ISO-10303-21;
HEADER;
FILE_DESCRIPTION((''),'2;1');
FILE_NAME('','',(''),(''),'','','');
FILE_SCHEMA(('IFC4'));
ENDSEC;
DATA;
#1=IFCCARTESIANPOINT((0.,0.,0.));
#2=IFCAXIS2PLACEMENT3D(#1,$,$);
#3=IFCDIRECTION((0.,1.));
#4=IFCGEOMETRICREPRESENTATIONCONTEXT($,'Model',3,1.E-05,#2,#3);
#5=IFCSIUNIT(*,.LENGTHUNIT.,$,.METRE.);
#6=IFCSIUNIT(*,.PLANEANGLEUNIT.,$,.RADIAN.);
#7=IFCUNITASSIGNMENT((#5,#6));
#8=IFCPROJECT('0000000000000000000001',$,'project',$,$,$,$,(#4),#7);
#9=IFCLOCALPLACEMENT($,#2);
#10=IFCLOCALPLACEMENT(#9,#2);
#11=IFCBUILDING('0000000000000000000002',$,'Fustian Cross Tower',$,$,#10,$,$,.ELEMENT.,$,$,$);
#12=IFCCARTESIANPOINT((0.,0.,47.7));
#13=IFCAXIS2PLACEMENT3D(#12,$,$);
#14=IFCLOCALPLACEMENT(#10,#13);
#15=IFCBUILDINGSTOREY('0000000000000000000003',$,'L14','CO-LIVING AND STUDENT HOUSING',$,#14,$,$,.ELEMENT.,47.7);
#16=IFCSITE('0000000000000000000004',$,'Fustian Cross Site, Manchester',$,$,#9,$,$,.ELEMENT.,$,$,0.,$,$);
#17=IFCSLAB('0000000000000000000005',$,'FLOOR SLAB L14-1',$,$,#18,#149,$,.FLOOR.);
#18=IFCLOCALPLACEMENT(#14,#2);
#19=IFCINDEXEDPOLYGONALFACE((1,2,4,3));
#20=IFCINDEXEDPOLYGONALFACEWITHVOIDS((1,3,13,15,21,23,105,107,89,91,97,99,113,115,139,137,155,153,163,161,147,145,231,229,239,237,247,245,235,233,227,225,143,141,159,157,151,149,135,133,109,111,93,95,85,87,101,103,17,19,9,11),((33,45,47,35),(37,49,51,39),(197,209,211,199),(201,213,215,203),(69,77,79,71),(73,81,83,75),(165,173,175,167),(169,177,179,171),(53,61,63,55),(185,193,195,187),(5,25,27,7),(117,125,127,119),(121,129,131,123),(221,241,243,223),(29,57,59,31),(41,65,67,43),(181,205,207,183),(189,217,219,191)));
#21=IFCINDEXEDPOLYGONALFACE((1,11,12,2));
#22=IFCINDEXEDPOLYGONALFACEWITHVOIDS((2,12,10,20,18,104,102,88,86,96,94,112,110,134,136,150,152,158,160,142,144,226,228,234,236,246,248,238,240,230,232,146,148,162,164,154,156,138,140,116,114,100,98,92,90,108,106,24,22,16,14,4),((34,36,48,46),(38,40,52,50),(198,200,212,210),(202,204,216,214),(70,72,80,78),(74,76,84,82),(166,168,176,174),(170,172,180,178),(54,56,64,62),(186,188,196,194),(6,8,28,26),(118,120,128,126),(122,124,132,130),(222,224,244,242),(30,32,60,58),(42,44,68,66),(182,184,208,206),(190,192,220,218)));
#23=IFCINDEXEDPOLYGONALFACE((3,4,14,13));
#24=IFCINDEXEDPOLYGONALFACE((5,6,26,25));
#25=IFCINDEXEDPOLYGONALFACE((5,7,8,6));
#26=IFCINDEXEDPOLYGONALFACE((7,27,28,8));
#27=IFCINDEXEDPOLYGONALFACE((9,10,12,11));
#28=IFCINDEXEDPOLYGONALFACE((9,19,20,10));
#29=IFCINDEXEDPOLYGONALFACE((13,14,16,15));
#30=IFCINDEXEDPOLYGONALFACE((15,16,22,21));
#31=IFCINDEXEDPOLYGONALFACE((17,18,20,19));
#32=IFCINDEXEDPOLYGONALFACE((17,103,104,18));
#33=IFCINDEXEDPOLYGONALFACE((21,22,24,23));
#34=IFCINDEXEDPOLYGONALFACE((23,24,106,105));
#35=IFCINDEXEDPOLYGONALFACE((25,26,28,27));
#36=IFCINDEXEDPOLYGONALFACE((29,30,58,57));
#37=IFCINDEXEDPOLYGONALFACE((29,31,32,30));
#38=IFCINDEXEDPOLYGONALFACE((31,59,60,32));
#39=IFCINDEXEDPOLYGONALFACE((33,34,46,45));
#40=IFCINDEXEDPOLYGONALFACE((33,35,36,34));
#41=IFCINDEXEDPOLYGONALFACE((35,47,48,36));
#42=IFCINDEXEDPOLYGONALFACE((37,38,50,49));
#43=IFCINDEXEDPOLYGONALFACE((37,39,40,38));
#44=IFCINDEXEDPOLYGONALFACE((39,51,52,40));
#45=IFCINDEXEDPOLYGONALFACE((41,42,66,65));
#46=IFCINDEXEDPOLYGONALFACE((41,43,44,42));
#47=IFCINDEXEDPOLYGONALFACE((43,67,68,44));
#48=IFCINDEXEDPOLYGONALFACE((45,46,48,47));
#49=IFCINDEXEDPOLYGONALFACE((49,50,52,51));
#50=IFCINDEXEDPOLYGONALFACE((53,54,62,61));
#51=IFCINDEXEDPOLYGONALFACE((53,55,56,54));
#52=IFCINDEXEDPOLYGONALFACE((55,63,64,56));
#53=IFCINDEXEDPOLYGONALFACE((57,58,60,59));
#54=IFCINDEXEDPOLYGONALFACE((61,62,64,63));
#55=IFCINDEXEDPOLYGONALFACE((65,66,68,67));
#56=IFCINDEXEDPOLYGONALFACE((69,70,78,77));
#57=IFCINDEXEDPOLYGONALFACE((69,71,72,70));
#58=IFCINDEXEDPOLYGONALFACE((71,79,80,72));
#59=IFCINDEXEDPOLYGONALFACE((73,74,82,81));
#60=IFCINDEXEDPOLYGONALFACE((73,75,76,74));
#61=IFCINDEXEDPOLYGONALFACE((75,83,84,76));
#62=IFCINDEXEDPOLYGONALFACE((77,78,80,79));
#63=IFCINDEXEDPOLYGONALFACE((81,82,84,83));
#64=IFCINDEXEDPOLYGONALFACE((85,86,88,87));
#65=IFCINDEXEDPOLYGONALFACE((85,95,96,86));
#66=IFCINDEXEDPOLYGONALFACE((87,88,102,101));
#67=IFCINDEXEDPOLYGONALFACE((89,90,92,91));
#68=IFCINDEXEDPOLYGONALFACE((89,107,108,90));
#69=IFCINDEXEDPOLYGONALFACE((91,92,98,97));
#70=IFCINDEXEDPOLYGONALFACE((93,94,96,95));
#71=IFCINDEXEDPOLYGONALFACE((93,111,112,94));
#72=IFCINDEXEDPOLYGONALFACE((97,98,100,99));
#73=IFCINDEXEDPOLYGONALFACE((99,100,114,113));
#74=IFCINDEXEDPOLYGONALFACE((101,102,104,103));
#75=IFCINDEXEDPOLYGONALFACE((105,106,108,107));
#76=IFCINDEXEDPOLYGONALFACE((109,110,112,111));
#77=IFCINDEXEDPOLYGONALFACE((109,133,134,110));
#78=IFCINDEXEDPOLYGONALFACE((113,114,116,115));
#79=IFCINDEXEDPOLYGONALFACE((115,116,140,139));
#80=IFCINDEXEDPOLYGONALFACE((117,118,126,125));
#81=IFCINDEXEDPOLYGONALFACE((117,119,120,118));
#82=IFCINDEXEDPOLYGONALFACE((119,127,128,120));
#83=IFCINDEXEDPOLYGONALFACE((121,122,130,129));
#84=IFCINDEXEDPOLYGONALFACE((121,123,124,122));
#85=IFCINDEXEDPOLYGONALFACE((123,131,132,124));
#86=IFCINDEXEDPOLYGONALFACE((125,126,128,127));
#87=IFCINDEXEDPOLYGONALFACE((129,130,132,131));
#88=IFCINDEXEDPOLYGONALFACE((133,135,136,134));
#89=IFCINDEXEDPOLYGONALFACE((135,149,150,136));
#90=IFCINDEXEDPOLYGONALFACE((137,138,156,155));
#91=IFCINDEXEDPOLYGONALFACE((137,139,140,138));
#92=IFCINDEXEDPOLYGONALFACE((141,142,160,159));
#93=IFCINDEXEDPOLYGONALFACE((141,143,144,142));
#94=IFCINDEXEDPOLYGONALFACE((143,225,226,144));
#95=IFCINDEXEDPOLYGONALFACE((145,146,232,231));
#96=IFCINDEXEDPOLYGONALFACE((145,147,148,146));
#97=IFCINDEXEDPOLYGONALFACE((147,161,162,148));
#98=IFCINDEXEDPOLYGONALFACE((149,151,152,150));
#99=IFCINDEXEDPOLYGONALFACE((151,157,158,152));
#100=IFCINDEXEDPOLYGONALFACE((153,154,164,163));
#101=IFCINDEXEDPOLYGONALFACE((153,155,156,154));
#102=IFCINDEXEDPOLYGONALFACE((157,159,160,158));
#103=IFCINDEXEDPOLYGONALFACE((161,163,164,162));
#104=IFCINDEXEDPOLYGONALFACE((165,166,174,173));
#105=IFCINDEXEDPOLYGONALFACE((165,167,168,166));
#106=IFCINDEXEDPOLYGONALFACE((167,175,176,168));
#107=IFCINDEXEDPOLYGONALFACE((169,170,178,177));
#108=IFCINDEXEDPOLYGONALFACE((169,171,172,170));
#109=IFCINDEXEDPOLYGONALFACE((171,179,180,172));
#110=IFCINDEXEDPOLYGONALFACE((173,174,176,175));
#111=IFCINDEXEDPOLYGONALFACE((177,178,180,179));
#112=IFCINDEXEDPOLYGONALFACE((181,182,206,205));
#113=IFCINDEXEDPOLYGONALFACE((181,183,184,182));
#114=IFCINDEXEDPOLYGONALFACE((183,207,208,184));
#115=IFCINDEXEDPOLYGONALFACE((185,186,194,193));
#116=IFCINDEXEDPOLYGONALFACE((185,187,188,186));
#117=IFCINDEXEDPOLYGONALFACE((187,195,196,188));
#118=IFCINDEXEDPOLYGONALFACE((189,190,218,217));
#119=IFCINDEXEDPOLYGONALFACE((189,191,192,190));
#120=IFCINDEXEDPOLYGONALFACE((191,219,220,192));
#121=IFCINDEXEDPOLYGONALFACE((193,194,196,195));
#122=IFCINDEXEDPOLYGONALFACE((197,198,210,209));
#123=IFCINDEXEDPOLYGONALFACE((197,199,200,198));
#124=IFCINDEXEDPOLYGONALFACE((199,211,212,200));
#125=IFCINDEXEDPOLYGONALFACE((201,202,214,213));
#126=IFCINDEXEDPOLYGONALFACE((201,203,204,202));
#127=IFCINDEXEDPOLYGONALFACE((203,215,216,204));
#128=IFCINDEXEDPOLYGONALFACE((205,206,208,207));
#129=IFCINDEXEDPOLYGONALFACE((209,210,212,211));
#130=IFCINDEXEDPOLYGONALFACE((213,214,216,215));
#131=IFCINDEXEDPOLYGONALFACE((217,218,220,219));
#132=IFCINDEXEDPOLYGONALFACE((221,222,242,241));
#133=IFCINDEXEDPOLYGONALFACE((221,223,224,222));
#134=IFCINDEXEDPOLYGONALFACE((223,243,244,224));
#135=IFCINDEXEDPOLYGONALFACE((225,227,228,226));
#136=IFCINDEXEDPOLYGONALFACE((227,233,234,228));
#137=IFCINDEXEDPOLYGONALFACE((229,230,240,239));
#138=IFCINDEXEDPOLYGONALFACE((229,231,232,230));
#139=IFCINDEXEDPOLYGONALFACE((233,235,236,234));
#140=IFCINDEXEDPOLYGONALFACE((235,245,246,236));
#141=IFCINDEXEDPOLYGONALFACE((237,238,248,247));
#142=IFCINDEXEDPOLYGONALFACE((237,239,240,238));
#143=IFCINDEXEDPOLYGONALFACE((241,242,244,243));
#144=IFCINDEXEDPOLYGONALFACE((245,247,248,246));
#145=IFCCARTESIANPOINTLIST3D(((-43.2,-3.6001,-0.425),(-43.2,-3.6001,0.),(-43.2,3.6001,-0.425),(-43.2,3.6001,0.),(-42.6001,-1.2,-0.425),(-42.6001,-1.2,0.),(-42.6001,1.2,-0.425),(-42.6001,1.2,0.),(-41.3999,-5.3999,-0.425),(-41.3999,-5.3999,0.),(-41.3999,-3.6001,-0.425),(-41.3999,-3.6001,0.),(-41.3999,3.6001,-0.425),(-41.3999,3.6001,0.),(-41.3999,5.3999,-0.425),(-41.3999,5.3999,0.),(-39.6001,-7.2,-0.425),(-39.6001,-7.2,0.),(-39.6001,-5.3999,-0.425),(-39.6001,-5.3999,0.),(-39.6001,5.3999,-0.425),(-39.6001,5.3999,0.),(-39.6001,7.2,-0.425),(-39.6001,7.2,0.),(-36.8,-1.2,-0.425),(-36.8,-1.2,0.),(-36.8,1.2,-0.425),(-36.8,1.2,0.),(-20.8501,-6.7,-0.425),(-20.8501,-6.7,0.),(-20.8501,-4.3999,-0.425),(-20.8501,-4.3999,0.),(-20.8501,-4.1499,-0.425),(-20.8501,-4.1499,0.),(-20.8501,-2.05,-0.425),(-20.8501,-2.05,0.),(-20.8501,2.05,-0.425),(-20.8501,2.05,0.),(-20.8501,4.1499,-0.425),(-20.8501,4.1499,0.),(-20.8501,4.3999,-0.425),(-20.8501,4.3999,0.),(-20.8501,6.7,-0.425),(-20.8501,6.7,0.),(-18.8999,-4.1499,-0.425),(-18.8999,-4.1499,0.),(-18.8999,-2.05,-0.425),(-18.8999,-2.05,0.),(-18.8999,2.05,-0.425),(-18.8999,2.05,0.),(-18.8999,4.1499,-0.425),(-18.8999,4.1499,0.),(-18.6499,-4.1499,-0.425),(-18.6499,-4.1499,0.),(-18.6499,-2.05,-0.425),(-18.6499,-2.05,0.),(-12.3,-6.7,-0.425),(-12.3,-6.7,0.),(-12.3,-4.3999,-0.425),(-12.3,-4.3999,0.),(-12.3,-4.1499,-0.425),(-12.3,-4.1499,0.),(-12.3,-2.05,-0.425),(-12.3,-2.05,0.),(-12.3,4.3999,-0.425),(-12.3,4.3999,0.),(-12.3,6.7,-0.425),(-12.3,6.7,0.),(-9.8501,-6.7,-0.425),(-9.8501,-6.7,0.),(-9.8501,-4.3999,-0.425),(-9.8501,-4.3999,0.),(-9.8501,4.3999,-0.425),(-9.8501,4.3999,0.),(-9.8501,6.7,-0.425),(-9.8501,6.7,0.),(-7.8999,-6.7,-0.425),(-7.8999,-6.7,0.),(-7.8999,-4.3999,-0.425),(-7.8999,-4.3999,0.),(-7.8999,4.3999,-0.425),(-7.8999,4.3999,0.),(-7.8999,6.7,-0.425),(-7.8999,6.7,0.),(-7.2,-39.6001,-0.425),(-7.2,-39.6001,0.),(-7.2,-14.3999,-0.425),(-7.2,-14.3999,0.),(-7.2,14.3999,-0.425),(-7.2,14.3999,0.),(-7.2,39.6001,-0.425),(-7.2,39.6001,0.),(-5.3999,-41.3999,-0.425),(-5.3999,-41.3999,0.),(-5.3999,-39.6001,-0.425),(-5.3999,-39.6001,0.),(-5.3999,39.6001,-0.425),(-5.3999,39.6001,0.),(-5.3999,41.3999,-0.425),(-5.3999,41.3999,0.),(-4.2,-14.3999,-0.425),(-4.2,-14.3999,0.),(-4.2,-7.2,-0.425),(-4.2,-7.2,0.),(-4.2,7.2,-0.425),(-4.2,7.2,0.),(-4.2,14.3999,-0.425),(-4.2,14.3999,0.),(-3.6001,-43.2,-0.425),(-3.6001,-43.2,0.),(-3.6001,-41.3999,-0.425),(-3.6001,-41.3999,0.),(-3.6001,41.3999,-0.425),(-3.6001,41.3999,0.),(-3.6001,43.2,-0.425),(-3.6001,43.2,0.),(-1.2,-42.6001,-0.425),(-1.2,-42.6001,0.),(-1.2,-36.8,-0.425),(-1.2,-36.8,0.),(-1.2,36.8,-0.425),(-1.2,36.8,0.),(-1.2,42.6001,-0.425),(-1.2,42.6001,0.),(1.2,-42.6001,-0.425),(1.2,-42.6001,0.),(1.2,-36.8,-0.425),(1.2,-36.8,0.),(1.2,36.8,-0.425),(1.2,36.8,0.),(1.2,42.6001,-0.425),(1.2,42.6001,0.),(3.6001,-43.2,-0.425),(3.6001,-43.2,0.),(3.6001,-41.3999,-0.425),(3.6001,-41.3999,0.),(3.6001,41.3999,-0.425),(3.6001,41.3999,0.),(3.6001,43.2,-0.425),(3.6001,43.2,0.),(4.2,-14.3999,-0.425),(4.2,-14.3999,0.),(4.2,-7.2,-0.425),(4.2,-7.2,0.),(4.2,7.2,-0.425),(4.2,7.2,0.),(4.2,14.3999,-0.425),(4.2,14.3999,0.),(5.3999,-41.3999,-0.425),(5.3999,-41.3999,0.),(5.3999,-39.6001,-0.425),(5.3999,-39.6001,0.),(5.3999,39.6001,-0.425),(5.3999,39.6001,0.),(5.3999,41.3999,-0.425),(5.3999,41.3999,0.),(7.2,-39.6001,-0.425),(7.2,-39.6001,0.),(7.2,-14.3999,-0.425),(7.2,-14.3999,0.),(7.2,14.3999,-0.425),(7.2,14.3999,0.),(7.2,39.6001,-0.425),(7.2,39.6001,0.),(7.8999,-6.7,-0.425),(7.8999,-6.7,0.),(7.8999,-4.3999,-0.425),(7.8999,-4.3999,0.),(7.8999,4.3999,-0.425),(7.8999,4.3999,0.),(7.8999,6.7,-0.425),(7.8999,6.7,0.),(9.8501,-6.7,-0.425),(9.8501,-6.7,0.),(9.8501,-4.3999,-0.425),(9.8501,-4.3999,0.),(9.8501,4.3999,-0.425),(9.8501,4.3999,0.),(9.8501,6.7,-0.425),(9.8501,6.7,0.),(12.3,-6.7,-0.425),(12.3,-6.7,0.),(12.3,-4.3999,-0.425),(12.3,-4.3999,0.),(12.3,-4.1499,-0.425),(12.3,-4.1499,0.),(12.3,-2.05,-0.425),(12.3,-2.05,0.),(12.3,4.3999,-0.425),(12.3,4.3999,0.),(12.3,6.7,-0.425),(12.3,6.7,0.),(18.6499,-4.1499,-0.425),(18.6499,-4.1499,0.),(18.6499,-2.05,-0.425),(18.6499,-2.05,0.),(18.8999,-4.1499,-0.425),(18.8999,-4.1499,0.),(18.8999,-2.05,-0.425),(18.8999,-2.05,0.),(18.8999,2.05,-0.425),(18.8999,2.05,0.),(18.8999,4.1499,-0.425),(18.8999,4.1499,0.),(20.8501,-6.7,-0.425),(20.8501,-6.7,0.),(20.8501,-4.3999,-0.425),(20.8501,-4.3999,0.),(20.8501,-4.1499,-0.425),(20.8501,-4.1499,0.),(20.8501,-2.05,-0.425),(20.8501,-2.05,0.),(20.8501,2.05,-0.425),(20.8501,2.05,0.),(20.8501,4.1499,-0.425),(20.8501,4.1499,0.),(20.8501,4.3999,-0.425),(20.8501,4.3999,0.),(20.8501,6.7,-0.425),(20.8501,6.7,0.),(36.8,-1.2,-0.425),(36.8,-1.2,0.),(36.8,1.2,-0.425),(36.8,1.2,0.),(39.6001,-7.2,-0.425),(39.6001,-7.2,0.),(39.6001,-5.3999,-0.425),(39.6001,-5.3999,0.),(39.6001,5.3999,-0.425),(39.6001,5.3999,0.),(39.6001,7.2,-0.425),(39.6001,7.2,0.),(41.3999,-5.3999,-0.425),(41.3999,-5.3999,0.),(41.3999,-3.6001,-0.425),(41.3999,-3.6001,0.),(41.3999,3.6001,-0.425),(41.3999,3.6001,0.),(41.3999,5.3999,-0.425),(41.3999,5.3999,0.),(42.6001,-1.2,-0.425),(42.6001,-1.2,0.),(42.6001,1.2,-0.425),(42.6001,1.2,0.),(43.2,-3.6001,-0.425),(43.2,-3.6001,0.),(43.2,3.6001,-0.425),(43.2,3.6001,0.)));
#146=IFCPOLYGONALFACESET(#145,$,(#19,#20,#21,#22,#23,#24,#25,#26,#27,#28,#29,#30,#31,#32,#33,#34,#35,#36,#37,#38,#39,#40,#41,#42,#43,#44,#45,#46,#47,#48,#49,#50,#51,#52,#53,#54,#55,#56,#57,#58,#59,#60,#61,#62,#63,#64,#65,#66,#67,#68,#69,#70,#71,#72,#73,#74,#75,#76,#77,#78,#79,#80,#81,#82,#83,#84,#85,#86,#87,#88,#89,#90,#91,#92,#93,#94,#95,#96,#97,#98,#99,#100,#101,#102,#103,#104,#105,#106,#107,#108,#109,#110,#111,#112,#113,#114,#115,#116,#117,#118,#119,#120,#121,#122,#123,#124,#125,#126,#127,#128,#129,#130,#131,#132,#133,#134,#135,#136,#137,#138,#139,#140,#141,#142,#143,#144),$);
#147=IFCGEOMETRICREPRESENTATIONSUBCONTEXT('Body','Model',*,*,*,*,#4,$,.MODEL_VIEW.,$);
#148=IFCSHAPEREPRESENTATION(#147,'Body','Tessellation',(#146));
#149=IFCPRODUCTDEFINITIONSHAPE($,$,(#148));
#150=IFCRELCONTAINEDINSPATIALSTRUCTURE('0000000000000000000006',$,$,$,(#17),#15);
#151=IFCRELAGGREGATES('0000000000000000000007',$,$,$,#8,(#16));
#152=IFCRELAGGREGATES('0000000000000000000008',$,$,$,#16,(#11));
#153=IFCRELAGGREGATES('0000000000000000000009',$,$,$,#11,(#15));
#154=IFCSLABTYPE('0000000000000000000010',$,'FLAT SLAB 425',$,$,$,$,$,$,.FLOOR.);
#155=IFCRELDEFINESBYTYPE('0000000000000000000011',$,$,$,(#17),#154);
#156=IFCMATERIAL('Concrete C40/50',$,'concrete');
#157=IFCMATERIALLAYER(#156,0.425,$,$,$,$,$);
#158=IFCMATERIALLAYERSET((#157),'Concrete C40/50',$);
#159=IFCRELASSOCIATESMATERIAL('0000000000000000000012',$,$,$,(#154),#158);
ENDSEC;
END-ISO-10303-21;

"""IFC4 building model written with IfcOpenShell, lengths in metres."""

from ifc_helpers import new_model, si_unit, direction, frame, origin, place, context, subcontext, project, spatial, polyline, outline, extrude, material, layer, layer_set, type_object, element, save


model = new_model("IFC4")

# Units and contexts
model_context = context("Model", 3, precision=1e-05, world=origin(), true_north=direction((0.0, 1.0)))
body_context = subcontext(model_context, "Body", "Model", "MODEL_VIEW")
ifc_project = project(units=[si_unit("LENGTHUNIT", "METRE"), si_unit("PLANEANGLEUNIT", "RADIAN")], contexts=[model_context])

# Site, building, storey
site_placement = place(None, origin())
site = spatial("IfcSite", under=ifc_project, at=site_placement, Name="Fustian Cross Site, Manchester", CompositionType="ELEMENT", RefElevation=0.0)
building_placement = place(site_placement, origin())
building = spatial("IfcBuilding", under=site, at=building_placement, Name="Fustian Cross Tower", CompositionType="ELEMENT")
storey_placement = place(building_placement, frame((0.0, 0.0, 47.7)))
storey = spatial("IfcBuildingStorey", under=building, at=storey_placement, Name="L14", Description="CO-LIVING AND STUDENT HOUSING", CompositionType="ELEMENT", Elevation=47.7)

# Slab
ifc_material_1 = material(Name="Concrete C40/50", Category="concrete")
ifc_layer_1 = layer(ifc_material_1, 0.425)
ifc_layer_set_1 = layer_set([ifc_layer_1], Name="Concrete C40/50")
slab_type = type_object("IfcSlabType", Name="FLAT SLAB 425", PredefinedType="FLOOR", material=ifc_layer_set_1)
slab_placement = place(storey_placement, frame((0.0, 0.0, -0.425)))
element("IfcSlab", 1, at=slab_placement, inside=storey, type_object=slab_type, Name="FLOOR SLAB L14-1", PredefinedType="FLOOR", context=body_context, shape_type="SweptSolid", body=[
    extrude(outline(polyline([(-4.2, -7.2), (-39.6001, -7.2), (-39.6001, -5.3999), (-41.3999, -5.3999), (-41.3999, -3.6001), (-43.2, -3.6001), (-43.2, 3.6001), (-41.3999, 3.6001), (-41.3999, 5.3999), (-39.6001, 5.3999), (-39.6001, 7.2), (-4.2, 7.2), (-4.2, 14.3999), (-7.2, 14.3999), (-7.2, 39.6001), (-5.3999, 39.6001), (-5.3999, 41.3999), (-3.6001, 41.3999), (-3.6001, 43.2), (3.6001, 43.2), (3.6001, 41.3999), (5.3999, 41.3999), (5.3999, 39.6001), (7.2, 39.6001), (7.2, 14.3999), (4.2, 14.3999), (4.2, 7.2), (39.6001, 7.2), (39.6001, 5.3999), (41.3999, 5.3999), (41.3999, 3.6001), (43.2, 3.6001), (43.2, -3.6001), (41.3999, -3.6001), (41.3999, -5.3999), (39.6001, -5.3999), (39.6001, -7.2), (4.2, -7.2), (4.2, -14.3999), (7.2, -14.3999), (7.2, -39.6001), (5.3999, -39.6001), (5.3999, -41.3999), (3.6001, -41.3999), (3.6001, -43.2), (-3.6001, -43.2), (-3.6001, -41.3999), (-5.3999, -41.3999), (-5.3999, -39.6001), (-7.2, -39.6001), (-7.2, -14.3999), (-4.2, -14.3999), (-4.2, -7.2)]), holes=[polyline([(18.8999, -2.05), (18.8999, -4.1499), (20.8501, -4.1499), (20.8501, -2.05), (18.8999, -2.05)]), polyline([(20.8501, 4.1499), (18.8999, 4.1499), (18.8999, 2.05), (20.8501, 2.05), (20.8501, 4.1499)]), polyline([(9.8501, 4.3999), (9.8501, 6.7), (7.8999, 6.7), (7.8999, 4.3999), (9.8501, 4.3999)]), polyline([(7.8999, -6.7), (9.8501, -6.7), (9.8501, -4.3999), (7.8999, -4.3999), (7.8999, -6.7)]), polyline([(-20.8501, -2.05), (-20.8501, -4.1499), (-18.8999, -4.1499), (-18.8999, -2.05), (-20.8501, -2.05)]), polyline([(-18.8999, 4.1499), (-20.8501, 4.1499), (-20.8501, 2.05), (-18.8999, 2.05), (-18.8999, 4.1499)]), polyline([(-7.8999, 4.3999), (-7.8999, 6.7), (-9.8501, 6.7), (-9.8501, 4.3999), (-7.8999, 4.3999)]), polyline([(-9.8501, -6.7), (-7.8999, -6.7), (-7.8999, -4.3999), (-9.8501, -4.3999), (-9.8501, -6.7)]), polyline([(12.3, -2.05), (12.3, -4.1499), (18.6499, -4.1499), (18.6499, -2.05), (12.3, -2.05)]), polyline([(-12.3, -2.05), (-18.6499, -2.05), (-18.6499, -4.1499), (-12.3, -4.1499), (-12.3, -2.05)]), polyline([(20.8501, 4.3999), (20.8501, 6.7), (12.3, 6.7), (12.3, 4.3999), (20.8501, 4.3999)]), polyline([(12.3, -6.7), (20.8501, -6.7), (20.8501, -4.3999), (12.3, -4.3999), (12.3, -6.7)]), polyline([(-20.8501, 6.7), (-20.8501, 4.3999), (-12.3, 4.3999), (-12.3, 6.7), (-20.8501, 6.7)]), polyline([(-12.3, -4.3999), (-20.8501, -4.3999), (-20.8501, -6.7), (-12.3, -6.7), (-12.3, -4.3999)]), polyline([(1.2, 36.8), (1.2, 42.6001), (-1.2, 42.6001), (-1.2, 36.8), (1.2, 36.8)]), polyline([(-1.2, -42.6001), (1.2, -42.6001), (1.2, -36.8), (-1.2, -36.8), (-1.2, -42.6001)]), polyline([(36.8, 1.2), (36.8, -1.2), (42.6001, -1.2), (42.6001, 1.2), (36.8, 1.2)]), polyline([(-36.8, 1.2), (-42.6001, 1.2), (-42.6001, -1.2), (-36.8, -1.2), (-36.8, 1.2)])]), origin(), (0.0, 0.0, 1.0), 0.425),
])

save(model, "model.ifc")
